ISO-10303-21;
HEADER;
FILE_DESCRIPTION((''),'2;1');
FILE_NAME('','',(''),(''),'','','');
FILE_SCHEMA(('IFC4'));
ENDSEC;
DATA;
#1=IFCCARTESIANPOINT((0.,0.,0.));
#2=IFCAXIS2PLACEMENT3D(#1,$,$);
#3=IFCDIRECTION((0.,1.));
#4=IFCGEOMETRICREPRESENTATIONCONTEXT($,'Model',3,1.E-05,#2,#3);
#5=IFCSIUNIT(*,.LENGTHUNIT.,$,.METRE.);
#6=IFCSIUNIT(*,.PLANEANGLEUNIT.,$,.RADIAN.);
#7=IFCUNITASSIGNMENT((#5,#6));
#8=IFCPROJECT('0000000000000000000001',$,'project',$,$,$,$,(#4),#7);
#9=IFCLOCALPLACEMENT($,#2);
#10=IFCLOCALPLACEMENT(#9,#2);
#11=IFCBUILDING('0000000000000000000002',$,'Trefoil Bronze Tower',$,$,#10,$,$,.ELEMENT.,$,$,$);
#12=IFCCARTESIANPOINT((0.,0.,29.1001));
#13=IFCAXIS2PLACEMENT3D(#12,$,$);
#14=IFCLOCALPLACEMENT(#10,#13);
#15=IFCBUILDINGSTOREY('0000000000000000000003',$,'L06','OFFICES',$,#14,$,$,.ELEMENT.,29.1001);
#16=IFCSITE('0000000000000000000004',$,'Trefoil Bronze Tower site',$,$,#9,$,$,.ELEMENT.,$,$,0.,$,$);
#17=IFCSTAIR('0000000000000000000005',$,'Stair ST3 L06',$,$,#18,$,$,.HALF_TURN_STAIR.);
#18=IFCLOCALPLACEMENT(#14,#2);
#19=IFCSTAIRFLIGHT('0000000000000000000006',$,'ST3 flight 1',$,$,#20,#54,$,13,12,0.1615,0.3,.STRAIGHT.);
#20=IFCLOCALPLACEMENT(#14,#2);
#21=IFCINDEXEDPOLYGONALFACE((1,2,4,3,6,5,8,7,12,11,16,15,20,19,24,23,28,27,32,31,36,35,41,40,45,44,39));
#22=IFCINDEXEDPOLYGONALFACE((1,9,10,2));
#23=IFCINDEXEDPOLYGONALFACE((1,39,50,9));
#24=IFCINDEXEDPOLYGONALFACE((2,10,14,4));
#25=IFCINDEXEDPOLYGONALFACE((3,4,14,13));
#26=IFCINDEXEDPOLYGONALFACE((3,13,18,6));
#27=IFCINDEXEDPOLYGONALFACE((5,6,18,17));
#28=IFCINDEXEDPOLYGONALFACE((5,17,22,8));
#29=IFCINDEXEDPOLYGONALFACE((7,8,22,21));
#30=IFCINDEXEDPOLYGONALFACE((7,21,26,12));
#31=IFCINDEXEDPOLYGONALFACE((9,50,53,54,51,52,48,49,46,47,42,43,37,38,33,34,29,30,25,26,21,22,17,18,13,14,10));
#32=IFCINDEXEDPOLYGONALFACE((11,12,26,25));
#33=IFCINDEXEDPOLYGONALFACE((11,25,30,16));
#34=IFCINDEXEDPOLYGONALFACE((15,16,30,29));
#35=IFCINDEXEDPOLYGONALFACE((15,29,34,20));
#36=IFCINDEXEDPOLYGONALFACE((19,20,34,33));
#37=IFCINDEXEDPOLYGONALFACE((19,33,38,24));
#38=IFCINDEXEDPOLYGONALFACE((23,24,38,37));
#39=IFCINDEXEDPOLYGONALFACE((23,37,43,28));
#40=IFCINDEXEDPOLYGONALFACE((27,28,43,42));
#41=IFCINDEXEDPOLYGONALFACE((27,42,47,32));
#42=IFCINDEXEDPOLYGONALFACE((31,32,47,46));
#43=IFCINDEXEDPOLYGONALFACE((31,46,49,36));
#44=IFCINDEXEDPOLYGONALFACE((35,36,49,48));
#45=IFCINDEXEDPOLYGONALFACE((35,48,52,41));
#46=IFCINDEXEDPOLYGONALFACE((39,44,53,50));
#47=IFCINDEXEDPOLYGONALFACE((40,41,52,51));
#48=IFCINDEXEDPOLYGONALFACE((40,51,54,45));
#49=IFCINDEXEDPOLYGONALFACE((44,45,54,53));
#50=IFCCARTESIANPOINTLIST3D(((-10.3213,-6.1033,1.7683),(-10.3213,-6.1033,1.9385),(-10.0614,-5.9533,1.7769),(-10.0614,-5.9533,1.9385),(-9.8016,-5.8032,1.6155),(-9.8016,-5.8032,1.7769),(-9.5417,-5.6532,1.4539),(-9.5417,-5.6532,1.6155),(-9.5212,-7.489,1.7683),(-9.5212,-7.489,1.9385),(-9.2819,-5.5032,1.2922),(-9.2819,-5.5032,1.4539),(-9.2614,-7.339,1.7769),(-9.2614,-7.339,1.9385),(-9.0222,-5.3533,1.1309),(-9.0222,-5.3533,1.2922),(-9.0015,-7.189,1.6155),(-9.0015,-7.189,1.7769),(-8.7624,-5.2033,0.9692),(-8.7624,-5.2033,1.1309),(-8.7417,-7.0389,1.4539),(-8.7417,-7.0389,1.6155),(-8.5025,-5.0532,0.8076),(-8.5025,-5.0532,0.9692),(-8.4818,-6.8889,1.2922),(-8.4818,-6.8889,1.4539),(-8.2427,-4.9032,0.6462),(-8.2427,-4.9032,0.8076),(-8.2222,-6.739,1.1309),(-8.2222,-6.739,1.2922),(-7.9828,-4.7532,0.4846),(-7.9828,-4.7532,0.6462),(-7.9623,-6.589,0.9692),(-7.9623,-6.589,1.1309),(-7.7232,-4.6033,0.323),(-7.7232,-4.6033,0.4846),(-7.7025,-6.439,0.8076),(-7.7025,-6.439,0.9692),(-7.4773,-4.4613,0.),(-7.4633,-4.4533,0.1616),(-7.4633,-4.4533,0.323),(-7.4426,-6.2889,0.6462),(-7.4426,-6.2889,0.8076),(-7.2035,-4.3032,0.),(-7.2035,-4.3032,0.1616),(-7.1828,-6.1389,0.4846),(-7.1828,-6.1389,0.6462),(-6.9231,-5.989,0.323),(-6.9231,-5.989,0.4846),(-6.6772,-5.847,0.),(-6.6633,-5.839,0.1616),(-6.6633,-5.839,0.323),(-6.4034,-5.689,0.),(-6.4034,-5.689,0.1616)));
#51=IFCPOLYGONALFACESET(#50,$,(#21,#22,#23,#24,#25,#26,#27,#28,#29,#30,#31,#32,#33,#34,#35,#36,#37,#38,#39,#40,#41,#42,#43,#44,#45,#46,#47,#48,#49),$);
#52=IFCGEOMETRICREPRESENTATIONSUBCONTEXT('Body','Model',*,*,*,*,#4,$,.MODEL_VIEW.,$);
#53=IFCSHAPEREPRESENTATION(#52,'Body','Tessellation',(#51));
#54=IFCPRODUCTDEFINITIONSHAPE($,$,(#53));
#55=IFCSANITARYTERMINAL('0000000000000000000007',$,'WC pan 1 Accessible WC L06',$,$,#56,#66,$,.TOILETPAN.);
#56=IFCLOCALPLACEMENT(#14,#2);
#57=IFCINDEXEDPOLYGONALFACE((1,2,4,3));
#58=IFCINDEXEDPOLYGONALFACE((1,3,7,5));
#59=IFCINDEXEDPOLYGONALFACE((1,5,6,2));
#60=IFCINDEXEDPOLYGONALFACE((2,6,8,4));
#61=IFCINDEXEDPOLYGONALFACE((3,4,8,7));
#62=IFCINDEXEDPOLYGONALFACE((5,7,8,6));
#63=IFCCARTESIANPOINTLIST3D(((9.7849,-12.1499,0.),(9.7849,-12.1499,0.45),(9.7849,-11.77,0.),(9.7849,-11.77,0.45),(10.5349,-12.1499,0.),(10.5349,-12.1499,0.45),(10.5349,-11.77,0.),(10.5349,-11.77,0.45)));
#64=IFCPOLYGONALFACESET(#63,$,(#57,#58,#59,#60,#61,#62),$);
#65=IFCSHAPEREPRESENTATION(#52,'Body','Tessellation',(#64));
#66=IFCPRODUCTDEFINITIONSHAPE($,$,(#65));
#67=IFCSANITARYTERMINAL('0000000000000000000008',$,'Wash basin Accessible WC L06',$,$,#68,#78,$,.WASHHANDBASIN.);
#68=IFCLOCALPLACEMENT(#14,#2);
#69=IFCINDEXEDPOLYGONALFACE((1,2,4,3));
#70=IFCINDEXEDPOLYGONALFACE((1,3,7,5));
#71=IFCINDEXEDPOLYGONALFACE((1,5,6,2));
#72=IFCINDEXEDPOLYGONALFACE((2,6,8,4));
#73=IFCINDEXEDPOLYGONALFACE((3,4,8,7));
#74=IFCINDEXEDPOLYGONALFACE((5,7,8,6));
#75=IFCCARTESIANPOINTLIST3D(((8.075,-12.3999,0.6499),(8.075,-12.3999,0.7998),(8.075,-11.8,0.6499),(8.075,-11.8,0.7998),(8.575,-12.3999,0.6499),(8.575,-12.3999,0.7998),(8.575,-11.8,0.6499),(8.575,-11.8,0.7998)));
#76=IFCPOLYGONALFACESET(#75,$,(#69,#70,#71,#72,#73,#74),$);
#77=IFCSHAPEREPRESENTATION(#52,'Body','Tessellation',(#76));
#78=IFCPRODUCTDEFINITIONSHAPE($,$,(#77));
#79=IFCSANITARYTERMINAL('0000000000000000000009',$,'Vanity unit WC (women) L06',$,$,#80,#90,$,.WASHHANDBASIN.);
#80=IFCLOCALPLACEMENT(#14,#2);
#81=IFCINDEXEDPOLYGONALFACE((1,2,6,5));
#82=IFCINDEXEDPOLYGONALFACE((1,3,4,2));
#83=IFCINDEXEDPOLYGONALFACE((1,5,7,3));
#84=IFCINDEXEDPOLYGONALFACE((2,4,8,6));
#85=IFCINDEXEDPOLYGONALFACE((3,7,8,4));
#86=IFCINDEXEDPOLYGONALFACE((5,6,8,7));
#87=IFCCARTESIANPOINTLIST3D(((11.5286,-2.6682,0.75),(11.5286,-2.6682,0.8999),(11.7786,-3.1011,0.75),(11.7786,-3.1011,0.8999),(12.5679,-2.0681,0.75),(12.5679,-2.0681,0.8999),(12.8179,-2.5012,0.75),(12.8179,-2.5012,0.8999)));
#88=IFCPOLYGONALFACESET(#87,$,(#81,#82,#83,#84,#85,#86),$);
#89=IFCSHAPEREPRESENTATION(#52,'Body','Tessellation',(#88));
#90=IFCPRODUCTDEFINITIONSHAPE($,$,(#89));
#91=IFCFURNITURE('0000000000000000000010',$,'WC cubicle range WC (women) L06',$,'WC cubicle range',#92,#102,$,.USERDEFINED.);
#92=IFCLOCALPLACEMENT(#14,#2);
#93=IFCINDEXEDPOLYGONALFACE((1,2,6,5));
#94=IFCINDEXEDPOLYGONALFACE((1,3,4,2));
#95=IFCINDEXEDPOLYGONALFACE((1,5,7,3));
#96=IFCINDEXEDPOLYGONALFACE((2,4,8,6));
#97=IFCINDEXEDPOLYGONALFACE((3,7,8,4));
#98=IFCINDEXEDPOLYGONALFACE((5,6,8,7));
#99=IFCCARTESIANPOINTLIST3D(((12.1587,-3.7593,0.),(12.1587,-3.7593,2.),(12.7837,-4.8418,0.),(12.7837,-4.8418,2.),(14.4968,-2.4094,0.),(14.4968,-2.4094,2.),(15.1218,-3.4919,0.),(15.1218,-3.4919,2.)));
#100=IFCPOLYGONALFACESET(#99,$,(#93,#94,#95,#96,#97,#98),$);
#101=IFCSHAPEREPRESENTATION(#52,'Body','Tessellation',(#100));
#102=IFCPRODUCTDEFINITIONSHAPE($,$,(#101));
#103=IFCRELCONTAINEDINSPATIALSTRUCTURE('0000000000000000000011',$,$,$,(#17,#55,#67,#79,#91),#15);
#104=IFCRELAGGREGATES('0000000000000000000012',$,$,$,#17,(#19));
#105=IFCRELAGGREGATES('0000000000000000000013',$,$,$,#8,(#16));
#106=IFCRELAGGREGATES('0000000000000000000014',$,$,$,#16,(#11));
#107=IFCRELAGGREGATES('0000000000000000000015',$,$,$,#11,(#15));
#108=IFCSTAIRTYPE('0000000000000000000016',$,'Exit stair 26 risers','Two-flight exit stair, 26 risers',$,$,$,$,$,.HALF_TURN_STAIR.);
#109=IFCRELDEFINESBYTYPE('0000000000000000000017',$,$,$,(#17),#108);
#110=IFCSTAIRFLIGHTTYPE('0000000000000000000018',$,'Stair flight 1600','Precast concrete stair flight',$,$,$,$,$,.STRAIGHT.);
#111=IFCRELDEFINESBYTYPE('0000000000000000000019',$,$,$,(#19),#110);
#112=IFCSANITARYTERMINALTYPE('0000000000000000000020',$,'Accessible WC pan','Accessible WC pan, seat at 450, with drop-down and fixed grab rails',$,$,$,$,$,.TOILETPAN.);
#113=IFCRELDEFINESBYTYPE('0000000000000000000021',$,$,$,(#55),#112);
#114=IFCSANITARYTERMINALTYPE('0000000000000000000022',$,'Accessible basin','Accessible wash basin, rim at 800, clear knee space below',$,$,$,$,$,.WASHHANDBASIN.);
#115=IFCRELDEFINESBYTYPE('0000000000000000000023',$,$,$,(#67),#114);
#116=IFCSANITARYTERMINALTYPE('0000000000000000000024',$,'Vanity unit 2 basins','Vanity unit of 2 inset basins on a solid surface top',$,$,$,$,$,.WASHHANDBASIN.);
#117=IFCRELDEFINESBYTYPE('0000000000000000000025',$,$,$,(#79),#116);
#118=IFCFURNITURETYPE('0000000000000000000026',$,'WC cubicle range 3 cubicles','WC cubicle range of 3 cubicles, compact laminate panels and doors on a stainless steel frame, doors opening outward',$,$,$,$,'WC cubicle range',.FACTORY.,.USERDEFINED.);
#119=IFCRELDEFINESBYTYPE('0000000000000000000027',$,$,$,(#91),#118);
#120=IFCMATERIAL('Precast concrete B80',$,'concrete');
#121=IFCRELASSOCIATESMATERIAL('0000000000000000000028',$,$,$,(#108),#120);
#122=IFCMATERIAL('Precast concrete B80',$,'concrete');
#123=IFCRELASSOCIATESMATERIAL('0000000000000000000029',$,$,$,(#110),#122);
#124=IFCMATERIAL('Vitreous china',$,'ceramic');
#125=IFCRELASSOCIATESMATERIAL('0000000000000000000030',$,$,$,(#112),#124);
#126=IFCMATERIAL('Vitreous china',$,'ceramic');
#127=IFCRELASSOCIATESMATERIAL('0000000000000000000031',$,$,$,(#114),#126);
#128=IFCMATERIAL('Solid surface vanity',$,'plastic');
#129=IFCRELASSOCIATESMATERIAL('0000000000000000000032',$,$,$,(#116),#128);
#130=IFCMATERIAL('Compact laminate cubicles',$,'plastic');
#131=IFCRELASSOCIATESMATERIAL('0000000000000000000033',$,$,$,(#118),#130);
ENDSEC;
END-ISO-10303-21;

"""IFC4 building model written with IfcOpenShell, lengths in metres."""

from ifc_helpers import new_model, si_unit, direction, frame, origin, place, context, subcontext, project, spatial, polyline, outline, extrude, material, type_object, element, aggregate, save


model = new_model("IFC4")

# Units and contexts
model_context = context("Model", 3, precision=1e-05, world=origin(), true_north=direction((0.0, 1.0)))
body_context = subcontext(model_context, "Body", "Model", "MODEL_VIEW")
ifc_project = project(units=[si_unit("LENGTHUNIT", "METRE"), si_unit("PLANEANGLEUNIT", "RADIAN")], contexts=[model_context])

# Site, building, storey
site_placement = place(None, origin())
site = spatial("IfcSite", under=ifc_project, at=site_placement, Name="Trefoil Bronze Tower site", CompositionType="ELEMENT", RefElevation=0.0)
building_placement = place(site_placement, origin())
building = spatial("IfcBuilding", under=site, at=building_placement, Name="Trefoil Bronze Tower", CompositionType="ELEMENT")
storey_placement = place(building_placement, frame((0.0, 0.0, 29.1001)))
storey = spatial("IfcBuildingStorey", under=building, at=storey_placement, Name="L06", Description="OFFICES", CompositionType="ELEMENT", Elevation=29.1001)

# Stair, stair flight
ifc_material_1 = material(Name="Precast concrete B80", Category="concrete")
stair_type = type_object("IfcStairType", Name="Exit stair 26 risers", Description="Two-flight exit stair, 26 risers", PredefinedType="HALF_TURN_STAIR", material=ifc_material_1)
stair_placement = place(storey_placement, origin())
stair = element("IfcStair", 1, at=stair_placement, inside=storey, type_object=stair_type, Name="Stair ST3 L06", PredefinedType="HALF_TURN_STAIR")
ifc_material_2 = material(Name="Precast concrete B80", Category="concrete")
stair_flight_type = type_object("IfcStairFlightType", Name="Stair flight 1600", Description="Precast concrete stair flight", PredefinedType="STRAIGHT", material=ifc_material_2)
stair_flight_placement = place(storey_placement, frame((-6.8035, -4.9961, 0.0), z_axis=(0.0, 0.0, 1.0), x_axis=(-0.866025, -0.5, 0.0)))
stair_flight = element("IfcStairFlight", 2, at=stair_flight_placement, type_object=stair_flight_type, Name="ST3 flight 1", NumberOfRisers=13, NumberOfTreads=12, PredefinedType="STRAIGHT", RiserHeight=0.1615, TreadLength=0.3, context=body_context, shape_type="SweptSolid", body=[
    extrude(outline(polyline([(0.0, 0.0), (0.0, 0.1616), (0.3, 0.1616), (0.3, 0.323), (0.6001, 0.323), (0.6001, 0.4846), (0.8999, 0.4846), (0.8999, 0.6462), (1.2, 0.6462), (1.2, 0.8076), (1.5, 0.8076), (1.5, 0.9692), (1.8, 0.9692), (1.8, 1.1309), (2.1001, 1.1309), (2.1001, 1.2922), (2.3999, 1.2922), (2.3999, 1.4539), (2.7, 1.4539), (2.7, 1.6155), (3.0, 1.6155), (3.0, 1.7769), (3.3, 1.7769), (3.3, 1.9385), (3.6001, 1.9385), (3.6001, 2.1001), (3.6001, 1.7683), (0.3162, 0.0), (0.0, 0.0)])), frame((0.0, 0.8, 0.0), z_axis=(0.0, -1.0, 0.0), x_axis=(1.0, 0.0, 0.0)), (0.0, 0.0, 1.0), 1.6001),
])
aggregate(stair, [stair_flight])

# Sanitary terminals
ifc_material_3 = material(Name="Vitreous china", Category="ceramic")
sanitary_terminal_type_1 = type_object("IfcSanitaryTerminalType", Name="Accessible WC pan", Description="Accessible WC pan, seat at 450, with drop-down and fixed grab rails", PredefinedType="TOILETPAN", material=ifc_material_3)
sanitary_terminal_1_placement = place(storey_placement, origin())
element("IfcSanitaryTerminal", 3, at=sanitary_terminal_1_placement, inside=storey, type_object=sanitary_terminal_type_1, Name="WC pan 1 Accessible WC L06", PredefinedType="TOILETPAN", context=body_context, shape_type="SweptSolid", body=[
    extrude(outline(polyline([(9.7849, -11.77), (10.5349, -11.77), (10.5349, -12.1499), (9.7849, -12.1499), (9.7849, -11.77)])), origin(), (0.0, 0.0, 1.0), 0.45),
])
ifc_material_4 = material(Name="Vitreous china", Category="ceramic")
sanitary_terminal_type_2 = type_object("IfcSanitaryTerminalType", Name="Accessible basin", Description="Accessible wash basin, rim at 800, clear knee space below", PredefinedType="WASHHANDBASIN", material=ifc_material_4)
sanitary_terminal_2_placement = place(storey_placement, frame((0.0, 0.0, 0.6499)))
element("IfcSanitaryTerminal", 4, at=sanitary_terminal_2_placement, inside=storey, type_object=sanitary_terminal_type_2, Name="Wash basin Accessible WC L06", PredefinedType="WASHHANDBASIN", context=body_context, shape_type="SweptSolid", body=[
    extrude(outline(polyline([(8.075, -11.8), (8.575, -11.8), (8.575, -12.3999), (8.075, -12.3999), (8.075, -11.8)])), origin(), (0.0, 0.0, 1.0), 0.1499),
])
ifc_material_5 = material(Name="Solid surface vanity", Category="plastic")
sanitary_terminal_type_3 = type_object("IfcSanitaryTerminalType", Name="Vanity unit 2 basins", Description="Vanity unit of 2 inset basins on a solid surface top", PredefinedType="WASHHANDBASIN", material=ifc_material_5)
sanitary_terminal_3_placement = place(storey_placement, frame((0.0, 0.0, 0.75)))
element("IfcSanitaryTerminal", 5, at=sanitary_terminal_3_placement, inside=storey, type_object=sanitary_terminal_type_3, Name="Vanity unit WC (women) L06", PredefinedType="WASHHANDBASIN", context=body_context, shape_type="SweptSolid", body=[
    extrude(outline(polyline([(11.5286, -2.6682), (11.7786, -3.1011), (12.8179, -2.5012), (12.5679, -2.0681), (11.5286, -2.6682)])), origin(), (0.0, 0.0, 1.0), 0.1499),
])

# Furniture
ifc_material_6 = material(Name="Compact laminate cubicles", Category="plastic")
furniture_type = type_object("IfcFurnitureType", Name="WC cubicle range 3 cubicles", Description="WC cubicle range of 3 cubicles, compact laminate panels and doors on a stainless steel frame, doors opening outward", ElementType="WC cubicle range", AssemblyPlace="FACTORY", PredefinedType="USERDEFINED", material=ifc_material_6)
furniture_placement = place(storey_placement, origin())
element("IfcFurniture", 6, at=furniture_placement, inside=storey, type_object=furniture_type, Name="WC cubicle range WC (women) L06", ObjectType="WC cubicle range", PredefinedType="USERDEFINED", context=body_context, shape_type="SweptSolid", body=[
    extrude(outline(polyline([(12.1587, -3.7593), (12.7837, -4.8418), (15.1218, -3.4919), (14.4968, -2.4094), (12.1587, -3.7593)])), origin(), (0.0, 0.0, 1.0), 2.0),
])

save(model, "model.ifc")
